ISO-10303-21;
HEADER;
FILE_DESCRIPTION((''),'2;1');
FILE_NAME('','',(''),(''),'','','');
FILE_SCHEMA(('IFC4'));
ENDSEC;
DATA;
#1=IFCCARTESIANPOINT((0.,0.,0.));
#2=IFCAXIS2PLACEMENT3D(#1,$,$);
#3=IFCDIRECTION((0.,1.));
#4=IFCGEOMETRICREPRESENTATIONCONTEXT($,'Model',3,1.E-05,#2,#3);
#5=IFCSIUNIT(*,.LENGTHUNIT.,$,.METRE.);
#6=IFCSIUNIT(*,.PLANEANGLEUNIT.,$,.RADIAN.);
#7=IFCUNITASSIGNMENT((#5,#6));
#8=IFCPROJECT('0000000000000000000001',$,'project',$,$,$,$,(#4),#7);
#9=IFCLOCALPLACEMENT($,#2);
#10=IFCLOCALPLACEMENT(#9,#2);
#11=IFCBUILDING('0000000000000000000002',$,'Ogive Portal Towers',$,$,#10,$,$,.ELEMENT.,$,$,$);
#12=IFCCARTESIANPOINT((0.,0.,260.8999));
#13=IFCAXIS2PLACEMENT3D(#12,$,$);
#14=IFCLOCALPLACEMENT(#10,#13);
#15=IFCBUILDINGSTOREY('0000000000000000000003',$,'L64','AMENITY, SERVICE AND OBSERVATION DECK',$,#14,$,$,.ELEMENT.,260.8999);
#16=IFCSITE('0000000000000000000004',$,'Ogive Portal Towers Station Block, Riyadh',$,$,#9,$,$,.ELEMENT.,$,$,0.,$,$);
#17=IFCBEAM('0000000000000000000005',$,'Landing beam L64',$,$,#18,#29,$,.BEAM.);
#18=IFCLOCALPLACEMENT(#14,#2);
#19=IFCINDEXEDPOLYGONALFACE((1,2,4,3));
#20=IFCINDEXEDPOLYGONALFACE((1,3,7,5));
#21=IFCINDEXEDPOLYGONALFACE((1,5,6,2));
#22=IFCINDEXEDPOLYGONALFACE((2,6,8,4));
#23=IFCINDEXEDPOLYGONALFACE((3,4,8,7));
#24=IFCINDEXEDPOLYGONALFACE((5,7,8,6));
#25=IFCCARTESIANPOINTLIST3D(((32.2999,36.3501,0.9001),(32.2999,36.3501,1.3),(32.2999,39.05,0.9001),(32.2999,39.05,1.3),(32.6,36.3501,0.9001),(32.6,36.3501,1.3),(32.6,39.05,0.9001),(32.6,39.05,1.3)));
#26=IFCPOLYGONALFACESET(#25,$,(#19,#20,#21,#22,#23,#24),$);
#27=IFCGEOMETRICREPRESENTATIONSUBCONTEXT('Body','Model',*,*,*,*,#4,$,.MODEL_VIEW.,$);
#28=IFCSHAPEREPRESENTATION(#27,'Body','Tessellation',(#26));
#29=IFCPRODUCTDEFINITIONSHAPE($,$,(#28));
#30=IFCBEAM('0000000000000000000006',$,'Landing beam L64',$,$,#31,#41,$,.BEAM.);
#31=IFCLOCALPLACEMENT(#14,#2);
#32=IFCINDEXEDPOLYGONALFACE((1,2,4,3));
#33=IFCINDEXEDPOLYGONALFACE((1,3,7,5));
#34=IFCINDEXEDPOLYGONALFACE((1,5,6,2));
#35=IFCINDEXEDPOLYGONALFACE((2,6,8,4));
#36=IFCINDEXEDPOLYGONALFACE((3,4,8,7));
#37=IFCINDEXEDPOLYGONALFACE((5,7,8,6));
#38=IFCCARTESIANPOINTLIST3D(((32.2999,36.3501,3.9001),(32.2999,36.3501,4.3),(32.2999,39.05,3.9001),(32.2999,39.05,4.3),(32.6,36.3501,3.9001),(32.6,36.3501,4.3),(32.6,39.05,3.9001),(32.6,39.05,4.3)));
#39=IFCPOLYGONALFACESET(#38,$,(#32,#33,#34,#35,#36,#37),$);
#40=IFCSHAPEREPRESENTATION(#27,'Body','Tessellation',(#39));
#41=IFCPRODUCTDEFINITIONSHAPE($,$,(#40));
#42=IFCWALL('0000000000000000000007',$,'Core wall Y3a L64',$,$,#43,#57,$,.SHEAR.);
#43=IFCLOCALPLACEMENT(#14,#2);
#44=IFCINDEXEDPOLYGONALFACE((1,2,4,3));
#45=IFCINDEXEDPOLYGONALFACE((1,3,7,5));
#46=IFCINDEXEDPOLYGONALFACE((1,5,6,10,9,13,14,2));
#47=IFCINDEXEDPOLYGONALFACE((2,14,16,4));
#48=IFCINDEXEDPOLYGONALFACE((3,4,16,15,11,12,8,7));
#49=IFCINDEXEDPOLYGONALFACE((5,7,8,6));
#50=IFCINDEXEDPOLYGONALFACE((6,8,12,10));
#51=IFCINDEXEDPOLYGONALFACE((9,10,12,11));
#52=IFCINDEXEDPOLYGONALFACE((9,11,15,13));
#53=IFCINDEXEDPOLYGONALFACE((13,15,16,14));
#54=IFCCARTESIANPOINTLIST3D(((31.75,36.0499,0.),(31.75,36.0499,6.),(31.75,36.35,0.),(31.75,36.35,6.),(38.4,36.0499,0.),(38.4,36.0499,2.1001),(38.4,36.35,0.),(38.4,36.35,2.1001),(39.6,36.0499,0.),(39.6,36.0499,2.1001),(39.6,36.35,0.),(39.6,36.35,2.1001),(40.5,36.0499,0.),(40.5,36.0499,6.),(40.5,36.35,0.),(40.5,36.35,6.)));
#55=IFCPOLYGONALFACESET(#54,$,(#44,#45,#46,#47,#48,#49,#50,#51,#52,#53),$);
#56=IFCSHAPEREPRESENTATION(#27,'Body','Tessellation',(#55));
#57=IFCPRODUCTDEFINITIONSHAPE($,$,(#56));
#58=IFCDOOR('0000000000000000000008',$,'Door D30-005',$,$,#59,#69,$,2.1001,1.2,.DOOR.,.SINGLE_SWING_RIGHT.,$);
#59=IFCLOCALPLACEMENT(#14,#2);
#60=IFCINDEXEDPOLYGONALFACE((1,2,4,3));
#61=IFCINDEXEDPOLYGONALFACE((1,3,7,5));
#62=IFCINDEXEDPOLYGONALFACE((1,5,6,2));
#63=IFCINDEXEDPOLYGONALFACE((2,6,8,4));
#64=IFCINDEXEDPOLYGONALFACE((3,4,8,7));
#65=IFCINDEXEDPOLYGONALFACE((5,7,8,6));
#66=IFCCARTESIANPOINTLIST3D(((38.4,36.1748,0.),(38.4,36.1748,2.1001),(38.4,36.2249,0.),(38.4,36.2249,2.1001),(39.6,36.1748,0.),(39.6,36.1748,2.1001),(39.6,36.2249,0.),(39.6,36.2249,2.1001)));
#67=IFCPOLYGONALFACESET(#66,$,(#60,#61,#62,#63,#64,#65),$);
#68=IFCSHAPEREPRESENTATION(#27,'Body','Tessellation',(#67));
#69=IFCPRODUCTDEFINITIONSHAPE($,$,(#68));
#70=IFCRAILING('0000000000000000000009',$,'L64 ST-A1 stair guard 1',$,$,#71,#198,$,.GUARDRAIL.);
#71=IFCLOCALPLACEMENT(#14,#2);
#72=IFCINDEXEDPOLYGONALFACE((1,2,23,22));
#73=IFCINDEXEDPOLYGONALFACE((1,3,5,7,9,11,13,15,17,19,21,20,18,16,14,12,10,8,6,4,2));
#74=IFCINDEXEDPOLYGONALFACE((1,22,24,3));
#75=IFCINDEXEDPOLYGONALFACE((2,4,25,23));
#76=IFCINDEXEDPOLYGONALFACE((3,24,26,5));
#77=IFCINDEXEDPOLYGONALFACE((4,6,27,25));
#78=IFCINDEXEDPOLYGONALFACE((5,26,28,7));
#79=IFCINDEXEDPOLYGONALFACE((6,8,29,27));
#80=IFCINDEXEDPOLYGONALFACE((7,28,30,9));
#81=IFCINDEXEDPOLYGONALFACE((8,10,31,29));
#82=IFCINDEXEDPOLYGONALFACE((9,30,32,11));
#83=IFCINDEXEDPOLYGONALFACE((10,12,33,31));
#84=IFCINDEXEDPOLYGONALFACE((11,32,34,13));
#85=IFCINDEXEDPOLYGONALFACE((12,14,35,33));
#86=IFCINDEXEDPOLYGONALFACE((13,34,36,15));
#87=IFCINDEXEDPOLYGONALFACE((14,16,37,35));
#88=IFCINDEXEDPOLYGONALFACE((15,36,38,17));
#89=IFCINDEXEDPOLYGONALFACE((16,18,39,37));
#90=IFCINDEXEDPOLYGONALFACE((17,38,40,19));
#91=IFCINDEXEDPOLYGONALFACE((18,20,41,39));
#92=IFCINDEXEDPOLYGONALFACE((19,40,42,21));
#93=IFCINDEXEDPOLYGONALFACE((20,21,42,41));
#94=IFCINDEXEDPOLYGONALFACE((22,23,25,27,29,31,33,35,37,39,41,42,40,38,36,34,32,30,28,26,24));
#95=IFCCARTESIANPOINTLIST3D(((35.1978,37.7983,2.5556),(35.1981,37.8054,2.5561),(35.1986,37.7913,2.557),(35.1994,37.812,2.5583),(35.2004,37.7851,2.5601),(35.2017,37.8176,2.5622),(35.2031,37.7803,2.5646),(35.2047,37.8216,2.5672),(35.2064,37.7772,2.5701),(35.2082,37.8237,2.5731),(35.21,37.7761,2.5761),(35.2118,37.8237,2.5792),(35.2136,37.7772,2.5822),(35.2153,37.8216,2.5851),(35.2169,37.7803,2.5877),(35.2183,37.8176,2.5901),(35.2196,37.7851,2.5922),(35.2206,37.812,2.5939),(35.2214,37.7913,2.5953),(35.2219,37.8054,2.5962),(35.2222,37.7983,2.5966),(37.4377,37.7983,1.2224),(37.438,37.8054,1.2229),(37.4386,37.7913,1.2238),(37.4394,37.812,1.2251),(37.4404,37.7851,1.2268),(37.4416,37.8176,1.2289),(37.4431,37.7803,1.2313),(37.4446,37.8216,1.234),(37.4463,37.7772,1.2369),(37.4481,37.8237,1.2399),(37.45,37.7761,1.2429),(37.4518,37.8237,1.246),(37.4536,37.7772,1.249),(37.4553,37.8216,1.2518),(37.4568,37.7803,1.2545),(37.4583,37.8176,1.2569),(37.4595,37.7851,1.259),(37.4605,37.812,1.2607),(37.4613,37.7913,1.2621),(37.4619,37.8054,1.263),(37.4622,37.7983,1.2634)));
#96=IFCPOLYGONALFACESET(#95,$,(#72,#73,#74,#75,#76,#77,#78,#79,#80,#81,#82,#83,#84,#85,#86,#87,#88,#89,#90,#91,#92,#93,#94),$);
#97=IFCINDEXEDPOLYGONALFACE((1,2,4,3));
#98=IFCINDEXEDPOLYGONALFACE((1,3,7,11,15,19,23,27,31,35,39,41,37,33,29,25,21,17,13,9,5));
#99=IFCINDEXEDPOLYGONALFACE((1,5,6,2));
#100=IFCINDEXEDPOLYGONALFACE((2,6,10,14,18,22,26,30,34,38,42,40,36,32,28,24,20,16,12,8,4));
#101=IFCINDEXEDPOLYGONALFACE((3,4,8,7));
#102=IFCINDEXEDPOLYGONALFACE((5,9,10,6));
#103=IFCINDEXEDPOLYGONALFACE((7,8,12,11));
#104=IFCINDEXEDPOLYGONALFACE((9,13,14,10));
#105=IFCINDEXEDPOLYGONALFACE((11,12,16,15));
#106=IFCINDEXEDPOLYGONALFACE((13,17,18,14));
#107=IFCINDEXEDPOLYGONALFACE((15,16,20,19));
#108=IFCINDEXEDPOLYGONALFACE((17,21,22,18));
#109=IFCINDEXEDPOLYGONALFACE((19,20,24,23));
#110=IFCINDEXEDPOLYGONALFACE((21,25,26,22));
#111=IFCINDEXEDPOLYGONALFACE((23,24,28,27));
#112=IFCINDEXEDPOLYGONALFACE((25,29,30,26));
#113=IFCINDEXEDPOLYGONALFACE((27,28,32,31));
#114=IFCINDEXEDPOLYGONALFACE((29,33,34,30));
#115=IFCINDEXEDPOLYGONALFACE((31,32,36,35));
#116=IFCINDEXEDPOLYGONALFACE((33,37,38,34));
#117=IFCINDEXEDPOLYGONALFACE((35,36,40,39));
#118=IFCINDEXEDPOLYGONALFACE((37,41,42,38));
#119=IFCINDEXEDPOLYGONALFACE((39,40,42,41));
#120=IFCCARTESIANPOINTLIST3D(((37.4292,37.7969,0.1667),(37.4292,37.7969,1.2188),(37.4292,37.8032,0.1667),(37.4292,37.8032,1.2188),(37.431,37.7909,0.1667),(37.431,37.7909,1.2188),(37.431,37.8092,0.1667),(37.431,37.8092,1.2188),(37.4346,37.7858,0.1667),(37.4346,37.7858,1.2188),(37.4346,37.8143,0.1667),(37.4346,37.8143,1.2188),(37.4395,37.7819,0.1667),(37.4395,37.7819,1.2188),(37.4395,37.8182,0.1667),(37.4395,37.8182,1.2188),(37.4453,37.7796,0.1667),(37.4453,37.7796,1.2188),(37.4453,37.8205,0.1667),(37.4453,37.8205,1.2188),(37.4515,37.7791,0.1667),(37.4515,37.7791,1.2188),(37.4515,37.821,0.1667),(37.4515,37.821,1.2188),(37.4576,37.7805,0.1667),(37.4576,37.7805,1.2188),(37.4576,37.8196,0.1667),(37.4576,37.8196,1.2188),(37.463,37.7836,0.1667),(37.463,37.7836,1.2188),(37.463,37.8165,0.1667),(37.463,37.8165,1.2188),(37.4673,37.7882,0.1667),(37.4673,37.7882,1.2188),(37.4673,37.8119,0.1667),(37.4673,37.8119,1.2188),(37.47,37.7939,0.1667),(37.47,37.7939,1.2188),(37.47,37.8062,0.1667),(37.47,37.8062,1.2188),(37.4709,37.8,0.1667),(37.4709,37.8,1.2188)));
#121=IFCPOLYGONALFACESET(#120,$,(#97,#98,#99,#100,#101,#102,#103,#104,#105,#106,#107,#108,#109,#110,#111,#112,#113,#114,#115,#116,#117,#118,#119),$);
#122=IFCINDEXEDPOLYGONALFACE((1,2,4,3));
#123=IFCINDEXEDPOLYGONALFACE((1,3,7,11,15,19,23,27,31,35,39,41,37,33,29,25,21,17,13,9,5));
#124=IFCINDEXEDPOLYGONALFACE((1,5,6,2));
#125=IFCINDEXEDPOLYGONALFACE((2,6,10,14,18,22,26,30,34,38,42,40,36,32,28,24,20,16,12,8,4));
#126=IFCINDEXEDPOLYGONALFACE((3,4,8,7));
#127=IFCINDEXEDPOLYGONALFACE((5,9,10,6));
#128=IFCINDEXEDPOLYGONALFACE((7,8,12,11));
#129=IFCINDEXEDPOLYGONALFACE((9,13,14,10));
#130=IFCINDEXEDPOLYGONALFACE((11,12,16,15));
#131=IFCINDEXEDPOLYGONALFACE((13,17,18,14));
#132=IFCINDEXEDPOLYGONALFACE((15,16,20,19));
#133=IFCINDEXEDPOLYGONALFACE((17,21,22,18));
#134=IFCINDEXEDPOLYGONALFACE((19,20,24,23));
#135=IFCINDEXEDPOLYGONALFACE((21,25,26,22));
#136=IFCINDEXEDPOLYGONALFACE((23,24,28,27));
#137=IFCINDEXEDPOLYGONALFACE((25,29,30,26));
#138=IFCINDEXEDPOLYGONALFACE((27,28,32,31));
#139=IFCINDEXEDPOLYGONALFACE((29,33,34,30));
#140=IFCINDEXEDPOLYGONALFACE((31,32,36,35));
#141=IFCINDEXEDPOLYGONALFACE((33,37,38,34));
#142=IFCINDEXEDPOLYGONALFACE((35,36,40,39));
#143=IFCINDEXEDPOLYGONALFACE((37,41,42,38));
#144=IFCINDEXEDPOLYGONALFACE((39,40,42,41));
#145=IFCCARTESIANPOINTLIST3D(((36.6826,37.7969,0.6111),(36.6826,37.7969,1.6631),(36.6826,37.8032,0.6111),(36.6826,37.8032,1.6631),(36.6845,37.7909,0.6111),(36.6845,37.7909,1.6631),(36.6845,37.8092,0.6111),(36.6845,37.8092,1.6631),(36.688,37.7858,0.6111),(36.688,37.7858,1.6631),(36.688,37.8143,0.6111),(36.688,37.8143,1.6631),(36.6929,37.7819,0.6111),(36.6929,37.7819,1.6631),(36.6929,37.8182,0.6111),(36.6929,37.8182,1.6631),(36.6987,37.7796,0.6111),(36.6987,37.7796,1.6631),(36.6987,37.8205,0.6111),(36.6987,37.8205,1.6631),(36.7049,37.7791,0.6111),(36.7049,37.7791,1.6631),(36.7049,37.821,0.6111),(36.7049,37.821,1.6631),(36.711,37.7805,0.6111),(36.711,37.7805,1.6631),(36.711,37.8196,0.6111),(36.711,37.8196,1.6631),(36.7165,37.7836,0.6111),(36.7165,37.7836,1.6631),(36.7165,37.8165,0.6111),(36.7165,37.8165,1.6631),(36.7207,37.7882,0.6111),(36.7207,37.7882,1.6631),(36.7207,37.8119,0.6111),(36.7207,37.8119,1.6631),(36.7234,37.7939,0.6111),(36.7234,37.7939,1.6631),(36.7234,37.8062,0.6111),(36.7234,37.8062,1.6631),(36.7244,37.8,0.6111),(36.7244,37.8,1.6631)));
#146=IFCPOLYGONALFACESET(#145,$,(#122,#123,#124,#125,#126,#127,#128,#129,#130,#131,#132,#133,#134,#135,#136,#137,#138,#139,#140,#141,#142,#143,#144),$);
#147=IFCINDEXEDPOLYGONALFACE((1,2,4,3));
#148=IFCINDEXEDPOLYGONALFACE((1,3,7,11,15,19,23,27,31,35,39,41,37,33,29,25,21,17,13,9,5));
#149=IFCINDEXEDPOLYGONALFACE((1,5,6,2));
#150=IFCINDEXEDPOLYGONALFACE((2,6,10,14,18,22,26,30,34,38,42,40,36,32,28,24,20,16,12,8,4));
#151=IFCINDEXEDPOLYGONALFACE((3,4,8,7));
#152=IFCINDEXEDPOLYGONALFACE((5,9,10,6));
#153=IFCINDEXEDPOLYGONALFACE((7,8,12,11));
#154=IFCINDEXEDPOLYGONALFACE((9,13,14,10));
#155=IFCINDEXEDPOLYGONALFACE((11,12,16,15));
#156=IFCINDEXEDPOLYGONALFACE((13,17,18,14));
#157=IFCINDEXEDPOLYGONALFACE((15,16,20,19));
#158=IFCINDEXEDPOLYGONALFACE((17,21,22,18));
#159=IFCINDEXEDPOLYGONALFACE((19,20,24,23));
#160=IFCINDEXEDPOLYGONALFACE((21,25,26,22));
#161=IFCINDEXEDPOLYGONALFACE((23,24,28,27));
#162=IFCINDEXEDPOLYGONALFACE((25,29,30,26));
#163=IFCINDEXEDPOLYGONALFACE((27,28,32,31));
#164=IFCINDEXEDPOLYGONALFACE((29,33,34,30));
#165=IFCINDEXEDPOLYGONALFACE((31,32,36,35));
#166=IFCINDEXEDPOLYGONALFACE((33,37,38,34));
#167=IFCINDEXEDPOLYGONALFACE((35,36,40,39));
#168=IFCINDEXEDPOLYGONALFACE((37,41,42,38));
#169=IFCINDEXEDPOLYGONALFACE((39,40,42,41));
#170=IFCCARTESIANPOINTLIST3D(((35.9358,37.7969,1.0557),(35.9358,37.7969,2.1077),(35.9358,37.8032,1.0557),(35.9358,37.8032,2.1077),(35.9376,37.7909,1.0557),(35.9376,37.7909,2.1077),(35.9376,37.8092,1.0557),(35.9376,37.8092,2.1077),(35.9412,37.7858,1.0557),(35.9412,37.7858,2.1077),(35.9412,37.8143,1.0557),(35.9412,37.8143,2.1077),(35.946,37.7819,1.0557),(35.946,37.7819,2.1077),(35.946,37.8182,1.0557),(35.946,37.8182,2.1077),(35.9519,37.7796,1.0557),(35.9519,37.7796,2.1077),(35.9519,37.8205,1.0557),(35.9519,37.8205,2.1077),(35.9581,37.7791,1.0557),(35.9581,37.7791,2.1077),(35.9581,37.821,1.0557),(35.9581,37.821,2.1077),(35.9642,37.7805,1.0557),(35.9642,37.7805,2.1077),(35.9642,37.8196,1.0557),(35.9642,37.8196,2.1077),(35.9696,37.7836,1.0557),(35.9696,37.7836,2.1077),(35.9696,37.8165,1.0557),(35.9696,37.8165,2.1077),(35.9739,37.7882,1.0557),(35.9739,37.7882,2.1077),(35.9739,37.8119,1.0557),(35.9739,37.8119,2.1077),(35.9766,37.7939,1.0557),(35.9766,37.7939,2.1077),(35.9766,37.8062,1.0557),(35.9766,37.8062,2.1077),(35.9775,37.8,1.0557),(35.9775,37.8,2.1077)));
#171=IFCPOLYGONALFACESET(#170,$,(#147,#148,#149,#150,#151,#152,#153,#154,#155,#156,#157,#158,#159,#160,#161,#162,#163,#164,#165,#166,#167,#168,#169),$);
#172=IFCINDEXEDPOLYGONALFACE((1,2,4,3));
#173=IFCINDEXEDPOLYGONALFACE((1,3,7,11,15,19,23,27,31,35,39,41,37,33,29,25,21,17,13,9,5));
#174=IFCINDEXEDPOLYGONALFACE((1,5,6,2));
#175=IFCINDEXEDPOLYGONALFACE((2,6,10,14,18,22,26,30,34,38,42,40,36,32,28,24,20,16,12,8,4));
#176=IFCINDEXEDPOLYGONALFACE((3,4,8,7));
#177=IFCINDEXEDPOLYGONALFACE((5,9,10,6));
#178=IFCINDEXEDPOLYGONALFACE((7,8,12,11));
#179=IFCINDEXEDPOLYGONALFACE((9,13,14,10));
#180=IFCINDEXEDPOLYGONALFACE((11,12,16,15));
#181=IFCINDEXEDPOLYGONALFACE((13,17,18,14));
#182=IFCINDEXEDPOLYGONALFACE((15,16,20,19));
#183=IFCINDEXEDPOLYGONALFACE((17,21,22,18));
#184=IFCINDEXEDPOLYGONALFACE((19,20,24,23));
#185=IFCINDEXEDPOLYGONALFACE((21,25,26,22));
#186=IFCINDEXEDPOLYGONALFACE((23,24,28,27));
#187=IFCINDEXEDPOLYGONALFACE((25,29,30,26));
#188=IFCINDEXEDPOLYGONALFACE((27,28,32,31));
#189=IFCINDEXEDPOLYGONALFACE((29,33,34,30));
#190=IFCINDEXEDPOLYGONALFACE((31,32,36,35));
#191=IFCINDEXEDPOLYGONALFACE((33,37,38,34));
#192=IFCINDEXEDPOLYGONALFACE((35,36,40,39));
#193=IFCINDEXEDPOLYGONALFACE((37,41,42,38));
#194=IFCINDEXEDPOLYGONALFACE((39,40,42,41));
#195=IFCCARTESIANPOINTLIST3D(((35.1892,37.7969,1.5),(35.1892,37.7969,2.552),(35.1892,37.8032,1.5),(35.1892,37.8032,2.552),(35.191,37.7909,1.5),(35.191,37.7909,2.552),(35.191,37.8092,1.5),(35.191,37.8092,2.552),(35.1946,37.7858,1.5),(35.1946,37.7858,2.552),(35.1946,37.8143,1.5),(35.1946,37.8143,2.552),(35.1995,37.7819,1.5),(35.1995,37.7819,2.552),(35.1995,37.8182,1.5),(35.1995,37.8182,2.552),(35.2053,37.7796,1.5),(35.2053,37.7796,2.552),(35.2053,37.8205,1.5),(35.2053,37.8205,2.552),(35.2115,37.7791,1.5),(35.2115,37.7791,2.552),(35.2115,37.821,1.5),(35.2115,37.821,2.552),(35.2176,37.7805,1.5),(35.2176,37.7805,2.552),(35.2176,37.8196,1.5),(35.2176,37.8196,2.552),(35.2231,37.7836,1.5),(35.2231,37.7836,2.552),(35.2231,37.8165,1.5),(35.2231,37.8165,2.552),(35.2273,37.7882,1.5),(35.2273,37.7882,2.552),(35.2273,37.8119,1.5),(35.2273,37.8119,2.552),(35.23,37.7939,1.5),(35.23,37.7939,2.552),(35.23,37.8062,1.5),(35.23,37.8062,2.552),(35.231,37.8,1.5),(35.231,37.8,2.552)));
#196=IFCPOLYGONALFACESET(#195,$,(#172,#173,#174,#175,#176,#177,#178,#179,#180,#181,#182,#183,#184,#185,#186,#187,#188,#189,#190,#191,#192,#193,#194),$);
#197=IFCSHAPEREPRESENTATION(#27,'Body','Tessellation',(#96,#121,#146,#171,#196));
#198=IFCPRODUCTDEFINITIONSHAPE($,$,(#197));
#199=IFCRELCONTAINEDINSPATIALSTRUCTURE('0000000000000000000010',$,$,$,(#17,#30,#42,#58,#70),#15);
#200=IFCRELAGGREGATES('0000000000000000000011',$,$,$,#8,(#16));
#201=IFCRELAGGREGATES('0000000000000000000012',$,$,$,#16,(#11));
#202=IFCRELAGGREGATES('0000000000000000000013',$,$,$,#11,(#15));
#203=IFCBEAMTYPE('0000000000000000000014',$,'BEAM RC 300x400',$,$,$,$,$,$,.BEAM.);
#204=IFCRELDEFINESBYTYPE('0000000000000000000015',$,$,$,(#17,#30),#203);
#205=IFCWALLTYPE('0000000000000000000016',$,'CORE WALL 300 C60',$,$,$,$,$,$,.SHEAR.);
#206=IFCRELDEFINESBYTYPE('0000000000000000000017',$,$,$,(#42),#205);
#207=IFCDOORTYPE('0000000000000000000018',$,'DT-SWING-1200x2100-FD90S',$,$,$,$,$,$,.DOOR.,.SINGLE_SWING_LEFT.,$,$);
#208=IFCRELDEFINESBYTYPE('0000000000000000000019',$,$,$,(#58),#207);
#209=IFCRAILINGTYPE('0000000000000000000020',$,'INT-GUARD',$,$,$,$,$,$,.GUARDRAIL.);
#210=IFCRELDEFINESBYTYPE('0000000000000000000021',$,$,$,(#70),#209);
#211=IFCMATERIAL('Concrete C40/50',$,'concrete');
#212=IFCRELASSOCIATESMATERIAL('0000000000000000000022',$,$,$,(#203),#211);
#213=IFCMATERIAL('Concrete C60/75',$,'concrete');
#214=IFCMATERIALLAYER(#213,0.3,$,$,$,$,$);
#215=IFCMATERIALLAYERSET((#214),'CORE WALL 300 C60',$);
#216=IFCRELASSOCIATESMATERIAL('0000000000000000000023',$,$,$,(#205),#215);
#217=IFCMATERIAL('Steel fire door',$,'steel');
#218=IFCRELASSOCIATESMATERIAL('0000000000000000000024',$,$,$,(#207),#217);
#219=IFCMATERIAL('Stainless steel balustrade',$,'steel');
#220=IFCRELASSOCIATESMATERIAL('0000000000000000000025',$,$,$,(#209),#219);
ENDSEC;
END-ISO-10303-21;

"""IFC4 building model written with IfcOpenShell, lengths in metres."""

from ifc_helpers import new_model, si_unit, direction, frame, frame_2d, origin, origin_2d, place, context, subcontext, project, spatial, rectangle, circle, extrude, material, layer, layer_set, material_profile, profile_set, type_object, element, fill, save


model = new_model("IFC4")

# Units and contexts
model_context = context("Model", 3, precision=1e-05, world=origin(), true_north=direction((0.0, 1.0)))
body_context = subcontext(model_context, "Body", "Model", "MODEL_VIEW")
ifc_project = project(units=[si_unit("LENGTHUNIT", "METRE"), si_unit("PLANEANGLEUNIT", "RADIAN")], contexts=[model_context])

# Site, building, storey
site_placement = place(None, origin())
site = spatial("IfcSite", under=ifc_project, at=site_placement, Name="Ogive Portal Towers Station Block, Riyadh", CompositionType="ELEMENT", RefElevation=0.0)
building_placement = place(site_placement, origin())
building = spatial("IfcBuilding", under=site, at=building_placement, Name="Ogive Portal Towers", CompositionType="ELEMENT")
storey_placement = place(building_placement, frame((0.0, 0.0, 260.8999)))
storey = spatial("IfcBuildingStorey", under=building, at=storey_placement, Name="L64", Description="AMENITY, SERVICE AND OBSERVATION DECK", CompositionType="ELEMENT", Elevation=260.8999)

# Beams
ifc_material_1 = material(Name="Concrete C40/50", Category="concrete")
ifc_material_profile = material_profile(ifc_material_1, rectangle(XDim=0.3, YDim=0.3999, at=origin_2d()), Name="RC 300x400")
ifc_profile_set = profile_set([ifc_material_profile], Name="Concrete C40/50")
beam_type = type_object("IfcBeamType", Name="BEAM RC 300x400", PredefinedType="BEAM", material=ifc_profile_set)
for number, where, z_axis, x_axis, name in (
    (1, (32.45, 36.3501, 1.1001), (0.0, 1.0, 0.0), (-1.0, 0.0, 0.0), "Landing beam L64"),
    (2, (32.45, 36.3501, 4.1001), (0.0, 1.0, 0.0), (-1.0, 0.0, 0.0), "Landing beam L64"),
):
    element("IfcBeam", number, at=place(storey_placement, frame(where, z_axis=z_axis, x_axis=x_axis)), inside=storey, type_object=beam_type, Name=name, PredefinedType="BEAM", context=body_context, shape_type="SweptSolid", body=[
        extrude(rectangle(XDim=0.3, YDim=0.3999, at=origin_2d()), origin(), (0.0, 0.0, 1.0), 2.7),
    ])

# Wall, opening, door
ifc_material_2 = material(Name="Concrete C60/75", Category="concrete")
ifc_layer = layer(ifc_material_2, 0.3)
ifc_layer_set = layer_set([ifc_layer], Name="CORE WALL 300 C60")
wall_type = type_object("IfcWallType", Name="CORE WALL 300 C60", PredefinedType="SHEAR", material=ifc_layer_set)
wall_1_placement = place(storey_placement, frame((31.75, 36.2, 0.0), z_axis=(0.0, 0.0, 1.0), x_axis=(1.0, 0.0, 0.0)))
wall_1 = element("IfcWall", 3, at=wall_1_placement, inside=storey, type_object=wall_type, Name="Core wall Y3a L64", PredefinedType="SHEAR", context=body_context, shape_type="SweptSolid", body=[
    extrude(rectangle(XDim=8.75, YDim=0.3, at=frame_2d((4.375, 0.0))), origin(), (0.0, 0.0, 1.0), 6.0),
])
opening_1_placement = place(wall_1_placement, frame((6.6499, 0.0, 0.0)))
opening_1 = element("IfcOpeningElement", 4, at=opening_1_placement, cuts=wall_1, PredefinedType="OPENING", context=body_context, shape_type="SweptSolid", body=[
    extrude(rectangle(XDim=1.2, YDim=2.1001, at=frame_2d((0.6001, 1.05))), frame((0.0, 0.1602, 0.0), z_axis=(0.0, -1.0, 0.0), x_axis=(1.0, 0.0, 0.0)), (0.0, 0.0, 1.0), 0.3201),
])
ifc_material_3 = material(Name="Steel fire door", Category="steel")
door_type_1 = type_object("IfcDoorType", Name="DT-SWING-1200x2100-FD90S", OperationType="SINGLE_SWING_LEFT", PredefinedType="DOOR", material=ifc_material_3)
door_1_placement = place(opening_1_placement, origin())
door_1 = element("IfcDoor", 5, at=door_1_placement, inside=storey, type_object=door_type_1, Name="Door D30-005", OperationType="SINGLE_SWING_RIGHT", OverallHeight=2.1001, OverallWidth=1.2, PredefinedType="DOOR", context=body_context, shape_type="SweptSolid", body=[
    extrude(rectangle(XDim=1.2, YDim=2.1001, at=frame_2d((0.6001, 1.05))), frame((0.0, 0.0249, 0.0), z_axis=(0.0, -1.0, 0.0), x_axis=(1.0, 0.0, 0.0)), (0.0, 0.0, 1.0), 0.05),
])
fill(opening_1, door_1)

# Railing
ifc_material_4 = material(Name="Stainless steel balustrade", Category="steel")
railing_type_1 = type_object("IfcRailingType", Name="INT-GUARD", PredefinedType="GUARDRAIL", material=ifc_material_4)
railing_1_placement = place(storey_placement, frame((37.45, 37.8, 0.1667)))
element("IfcRailing", 6, at=railing_1_placement, inside=storey, type_object=railing_type_1, Name="L64 ST-A1 stair guard 1", PredefinedType="GUARDRAIL", context=body_context, shape_type="SweptSolid", body=[
    extrude(circle(Radius=0.0239, at=origin_2d()), frame((0.0, 0.0, 1.0762), z_axis=(-0.859306, 0.0, 0.511462), x_axis=(0.0, -1.0, 0.0)), (0.0, 0.0, 1.0), 2.6067),
    extrude(circle(Radius=0.021, at=origin_2d()), origin(), (0.0, 0.0, 1.0), 1.052),
    extrude(circle(Radius=0.021, at=origin_2d()), frame((-0.7466, 0.0, 0.4443)), (0.0, 0.0, 1.0), 1.052),
    extrude(circle(Radius=0.021, at=origin_2d()), frame((-1.4934, 0.0, 0.8889)), (0.0, 0.0, 1.0), 1.052),
    extrude(circle(Radius=0.021, at=origin_2d()), frame((-2.24, 0.0, 1.3333)), (0.0, 0.0, 1.0), 1.052),
])

save(model, "model.ifc")
